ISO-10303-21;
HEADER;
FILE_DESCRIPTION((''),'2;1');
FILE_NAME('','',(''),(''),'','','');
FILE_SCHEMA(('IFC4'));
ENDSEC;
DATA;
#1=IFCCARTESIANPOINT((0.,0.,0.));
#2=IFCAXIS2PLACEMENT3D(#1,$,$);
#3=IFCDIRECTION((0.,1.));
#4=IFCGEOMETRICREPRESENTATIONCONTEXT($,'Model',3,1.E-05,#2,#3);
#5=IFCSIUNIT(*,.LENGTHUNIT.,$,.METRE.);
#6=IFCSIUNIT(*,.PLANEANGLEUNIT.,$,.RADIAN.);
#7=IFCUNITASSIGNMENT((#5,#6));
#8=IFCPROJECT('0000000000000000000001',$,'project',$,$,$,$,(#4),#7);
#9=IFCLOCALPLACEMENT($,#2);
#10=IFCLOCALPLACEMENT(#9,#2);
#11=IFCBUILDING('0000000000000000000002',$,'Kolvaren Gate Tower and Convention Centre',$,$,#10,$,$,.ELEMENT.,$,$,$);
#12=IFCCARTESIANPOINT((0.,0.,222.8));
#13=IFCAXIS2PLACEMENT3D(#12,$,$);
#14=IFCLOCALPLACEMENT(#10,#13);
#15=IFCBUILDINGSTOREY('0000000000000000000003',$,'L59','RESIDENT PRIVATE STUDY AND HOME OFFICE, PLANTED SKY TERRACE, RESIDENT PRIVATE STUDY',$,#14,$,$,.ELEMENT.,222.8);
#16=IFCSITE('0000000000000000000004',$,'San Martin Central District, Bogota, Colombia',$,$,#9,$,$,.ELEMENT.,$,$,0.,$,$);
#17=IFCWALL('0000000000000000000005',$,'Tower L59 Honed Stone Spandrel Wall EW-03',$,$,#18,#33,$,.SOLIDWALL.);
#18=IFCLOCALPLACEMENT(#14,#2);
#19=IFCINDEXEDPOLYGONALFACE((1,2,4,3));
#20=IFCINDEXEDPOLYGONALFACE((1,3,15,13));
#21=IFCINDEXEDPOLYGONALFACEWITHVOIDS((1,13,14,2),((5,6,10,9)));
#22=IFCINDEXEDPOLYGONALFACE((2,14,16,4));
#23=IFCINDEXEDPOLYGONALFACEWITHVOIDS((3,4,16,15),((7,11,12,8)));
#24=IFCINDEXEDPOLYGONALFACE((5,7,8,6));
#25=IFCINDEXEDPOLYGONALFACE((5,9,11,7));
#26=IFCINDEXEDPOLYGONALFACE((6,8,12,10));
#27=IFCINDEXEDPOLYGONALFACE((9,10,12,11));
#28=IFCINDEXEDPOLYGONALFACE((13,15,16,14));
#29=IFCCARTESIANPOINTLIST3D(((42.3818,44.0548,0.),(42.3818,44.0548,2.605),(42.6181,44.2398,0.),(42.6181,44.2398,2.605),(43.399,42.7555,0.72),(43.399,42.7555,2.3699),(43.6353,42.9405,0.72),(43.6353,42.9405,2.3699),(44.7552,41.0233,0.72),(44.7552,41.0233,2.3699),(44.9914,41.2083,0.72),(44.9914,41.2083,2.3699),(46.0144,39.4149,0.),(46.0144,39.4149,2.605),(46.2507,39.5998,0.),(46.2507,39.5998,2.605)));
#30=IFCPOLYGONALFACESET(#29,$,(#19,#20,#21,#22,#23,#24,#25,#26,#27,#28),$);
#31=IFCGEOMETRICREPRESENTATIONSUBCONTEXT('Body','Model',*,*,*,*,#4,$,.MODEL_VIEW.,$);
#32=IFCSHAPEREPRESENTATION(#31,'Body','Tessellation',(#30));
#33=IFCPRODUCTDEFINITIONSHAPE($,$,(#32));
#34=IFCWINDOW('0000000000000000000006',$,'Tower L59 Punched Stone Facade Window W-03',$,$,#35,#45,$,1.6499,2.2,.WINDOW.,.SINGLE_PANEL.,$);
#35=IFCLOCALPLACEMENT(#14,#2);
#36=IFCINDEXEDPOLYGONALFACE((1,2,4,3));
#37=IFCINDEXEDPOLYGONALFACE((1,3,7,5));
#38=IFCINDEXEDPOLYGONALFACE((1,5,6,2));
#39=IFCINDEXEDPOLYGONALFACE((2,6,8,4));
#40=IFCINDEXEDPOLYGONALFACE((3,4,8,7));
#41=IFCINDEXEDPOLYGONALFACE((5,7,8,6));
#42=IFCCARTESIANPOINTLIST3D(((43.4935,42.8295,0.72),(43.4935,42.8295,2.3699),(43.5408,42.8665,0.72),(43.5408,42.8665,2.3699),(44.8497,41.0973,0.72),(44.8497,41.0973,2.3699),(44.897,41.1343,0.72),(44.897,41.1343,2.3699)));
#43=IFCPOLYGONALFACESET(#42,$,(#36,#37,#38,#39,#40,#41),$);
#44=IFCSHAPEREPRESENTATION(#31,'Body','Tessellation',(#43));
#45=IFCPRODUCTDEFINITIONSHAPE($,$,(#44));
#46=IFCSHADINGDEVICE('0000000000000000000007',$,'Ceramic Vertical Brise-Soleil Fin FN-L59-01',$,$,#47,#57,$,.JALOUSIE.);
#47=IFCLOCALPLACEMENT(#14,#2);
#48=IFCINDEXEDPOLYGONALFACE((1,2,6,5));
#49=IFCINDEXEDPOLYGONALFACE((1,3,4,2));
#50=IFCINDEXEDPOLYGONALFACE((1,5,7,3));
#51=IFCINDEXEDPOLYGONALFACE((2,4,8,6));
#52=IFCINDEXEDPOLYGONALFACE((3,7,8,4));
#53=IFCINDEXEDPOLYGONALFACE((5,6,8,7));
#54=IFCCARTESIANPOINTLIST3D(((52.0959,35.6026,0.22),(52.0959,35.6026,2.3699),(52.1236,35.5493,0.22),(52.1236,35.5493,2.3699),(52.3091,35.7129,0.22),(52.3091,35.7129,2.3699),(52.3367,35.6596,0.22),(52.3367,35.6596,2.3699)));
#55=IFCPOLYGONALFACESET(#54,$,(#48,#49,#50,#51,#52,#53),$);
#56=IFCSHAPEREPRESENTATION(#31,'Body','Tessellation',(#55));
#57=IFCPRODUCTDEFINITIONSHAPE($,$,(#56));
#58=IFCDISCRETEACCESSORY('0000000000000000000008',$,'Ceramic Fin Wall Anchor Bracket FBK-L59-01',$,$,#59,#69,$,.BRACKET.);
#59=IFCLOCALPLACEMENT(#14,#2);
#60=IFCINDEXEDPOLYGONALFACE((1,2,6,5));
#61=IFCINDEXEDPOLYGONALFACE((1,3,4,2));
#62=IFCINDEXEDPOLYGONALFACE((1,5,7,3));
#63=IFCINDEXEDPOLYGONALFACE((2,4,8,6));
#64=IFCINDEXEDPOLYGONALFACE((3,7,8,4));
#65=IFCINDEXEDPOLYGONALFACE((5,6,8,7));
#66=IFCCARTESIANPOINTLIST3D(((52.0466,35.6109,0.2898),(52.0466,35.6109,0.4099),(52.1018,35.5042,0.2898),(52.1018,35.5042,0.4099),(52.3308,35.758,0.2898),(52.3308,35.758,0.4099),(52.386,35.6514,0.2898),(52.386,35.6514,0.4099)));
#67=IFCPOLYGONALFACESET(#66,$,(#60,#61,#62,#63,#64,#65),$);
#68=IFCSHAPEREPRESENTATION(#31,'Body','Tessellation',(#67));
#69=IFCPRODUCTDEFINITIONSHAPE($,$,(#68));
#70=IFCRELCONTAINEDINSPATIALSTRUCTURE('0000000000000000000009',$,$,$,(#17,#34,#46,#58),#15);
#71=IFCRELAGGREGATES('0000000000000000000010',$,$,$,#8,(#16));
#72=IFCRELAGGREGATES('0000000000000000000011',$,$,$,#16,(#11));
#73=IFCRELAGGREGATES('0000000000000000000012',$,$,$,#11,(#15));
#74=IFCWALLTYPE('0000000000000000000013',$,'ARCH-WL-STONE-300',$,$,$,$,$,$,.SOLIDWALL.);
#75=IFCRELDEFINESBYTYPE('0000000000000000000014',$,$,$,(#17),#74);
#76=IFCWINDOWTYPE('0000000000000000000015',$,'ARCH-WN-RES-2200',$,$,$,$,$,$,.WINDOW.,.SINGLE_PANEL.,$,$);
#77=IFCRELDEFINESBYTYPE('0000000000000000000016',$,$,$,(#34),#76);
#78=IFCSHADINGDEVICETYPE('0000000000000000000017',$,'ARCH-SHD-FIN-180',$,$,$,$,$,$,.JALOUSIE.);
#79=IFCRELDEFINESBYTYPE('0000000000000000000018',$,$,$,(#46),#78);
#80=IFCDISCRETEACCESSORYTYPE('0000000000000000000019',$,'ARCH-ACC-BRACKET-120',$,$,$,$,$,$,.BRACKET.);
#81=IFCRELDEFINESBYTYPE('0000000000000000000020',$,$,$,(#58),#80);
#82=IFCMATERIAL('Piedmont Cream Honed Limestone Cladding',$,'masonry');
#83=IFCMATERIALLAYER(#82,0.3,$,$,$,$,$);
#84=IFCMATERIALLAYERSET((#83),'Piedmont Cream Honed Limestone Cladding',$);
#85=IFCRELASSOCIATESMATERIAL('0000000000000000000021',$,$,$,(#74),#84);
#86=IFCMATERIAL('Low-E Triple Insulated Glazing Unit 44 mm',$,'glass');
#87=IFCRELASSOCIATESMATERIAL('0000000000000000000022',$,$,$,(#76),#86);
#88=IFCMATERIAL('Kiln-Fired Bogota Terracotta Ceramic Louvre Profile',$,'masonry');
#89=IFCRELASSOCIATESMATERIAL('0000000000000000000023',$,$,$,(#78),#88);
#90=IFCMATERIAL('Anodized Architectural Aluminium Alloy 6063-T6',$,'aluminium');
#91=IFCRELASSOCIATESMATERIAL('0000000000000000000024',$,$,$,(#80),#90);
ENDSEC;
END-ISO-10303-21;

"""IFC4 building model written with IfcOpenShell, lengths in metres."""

from ifc_helpers import new_model, si_unit, direction, frame, frame_2d, origin, origin_2d, place, context, subcontext, project, spatial, rectangle, extrude, material, layer, layer_set, type_object, element, fill, save


model = new_model("IFC4")

# Units and contexts
model_context = context("Model", 3, precision=1e-05, world=origin(), true_north=direction((0.0, 1.0)))
body_context = subcontext(model_context, "Body", "Model", "MODEL_VIEW")
ifc_project = project(units=[si_unit("LENGTHUNIT", "METRE"), si_unit("PLANEANGLEUNIT", "RADIAN")], contexts=[model_context])

# Site, building, storey
site_placement = place(None, origin())
site = spatial("IfcSite", under=ifc_project, at=site_placement, Name="San Martin Central District, Bogota, Colombia", CompositionType="ELEMENT", RefElevation=0.0)
building_placement = place(site_placement, origin())
building = spatial("IfcBuilding", under=site, at=building_placement, Name="Kolvaren Gate Tower and Convention Centre", CompositionType="ELEMENT")
storey_placement = place(building_placement, frame((0.0, 0.0, 222.8)))
storey = spatial("IfcBuildingStorey", under=building, at=storey_placement, Name="L59", Description="RESIDENT PRIVATE STUDY AND HOME OFFICE, PLANTED SKY TERRACE, RESIDENT PRIVATE STUDY", CompositionType="ELEMENT", Elevation=222.8)

# Shared definitions
ifc_material_1 = material(Name="Piedmont Cream Honed Limestone Cladding", Category="masonry")

# Wall, opening, window
ifc_layer_1 = layer(ifc_material_1, 0.3)
ifc_layer_set_1 = layer_set([ifc_layer_1], Name="Piedmont Cream Honed Limestone Cladding")
wall_type_1 = type_object("IfcWallType", Name="ARCH-WL-STONE-300", PredefinedType="SOLIDWALL", material=ifc_layer_set_1)
ifc_material_2 = material(Name="Low-E Triple Insulated Glazing Unit 44 mm", Category="glass")
window_type = type_object("IfcWindowType", Name="ARCH-WN-RES-2200", PartitioningType="SINGLE_PANEL", PredefinedType="WINDOW", material=ifc_material_2)
wall_1_placement = place(storey_placement, frame((42.5, 44.1472, 0.0), z_axis=(0.0, 0.0, 1.0), x_axis=(0.61645, -0.787394, 0.0)))
wall_1 = element("IfcWall", 1, at=wall_1_placement, inside=storey, type_object=wall_type_1, Name="Tower L59 Honed Stone Spandrel Wall EW-03", PredefinedType="SOLIDWALL", context=body_context, shape_type="SweptSolid", body=[
    extrude(rectangle(XDim=5.8928, YDim=0.3, at=frame_2d((2.9463, 0.0))), origin(), (0.0, 0.0, 1.0), 2.605),
])
opening_1_placement = place(wall_1_placement, frame((1.6499, 0.0, 0.72)))
opening_1 = element("IfcOpeningElement", 2, at=opening_1_placement, cuts=wall_1, PredefinedType="OPENING", context=body_context, shape_type="SweptSolid", body=[
    extrude(rectangle(XDim=2.2, YDim=1.6499, at=frame_2d((1.1001, 0.825))), frame((0.0, 0.1599, 0.0), z_axis=(0.0, -1.0, 0.0), x_axis=(1.0, 0.0, 0.0)), (0.0, 0.0, 1.0), 0.3201),
])
window_1_placement = place(opening_1_placement, origin())
window_1 = element("IfcWindow", 3, at=window_1_placement, inside=storey, type_object=window_type, Name="Tower L59 Punched Stone Facade Window W-03", OverallHeight=1.6499, OverallWidth=2.2, PartitioningType="SINGLE_PANEL", PredefinedType="WINDOW", context=body_context, shape_type="SweptSolid", body=[
    extrude(rectangle(XDim=2.2, YDim=1.6499, at=frame_2d((1.1001, 0.825))), frame((0.0, 0.03, 0.0), z_axis=(0.0, -1.0, 0.0), x_axis=(1.0, 0.0, 0.0)), (0.0, 0.0, 1.0), 0.0601),
])
fill(opening_1, window_1)

# Shading device
ifc_material_3 = material(Name="Kiln-Fired Bogota Terracotta Ceramic Louvre Profile", Category="masonry")
shading_device_type = type_object("IfcShadingDeviceType", Name="ARCH-SHD-FIN-180", PredefinedType="JALOUSIE", material=ifc_material_3)
shading_device_placement = place(storey_placement, frame((52.2163, 35.6311, 0.22), z_axis=(0.0, 0.0, 1.0), x_axis=(0.4598, -0.888023, 0.0)))
element("IfcShadingDevice", 4, at=shading_device_placement, inside=storey, type_object=shading_device_type, Name="Ceramic Vertical Brise-Soleil Fin FN-L59-01", PredefinedType="JALOUSIE", context=body_context, shape_type="SweptSolid", body=[
    extrude(rectangle(XDim=0.0601, YDim=0.24, at=origin_2d()), origin(), (0.0, 0.0, 1.0), 2.1499),
])

# Discrete accessory
ifc_material_4 = material(Name="Anodized Architectural Aluminium Alloy 6063-T6", Category="aluminium")
discrete_accessory_type = type_object("IfcDiscreteAccessoryType", Name="ARCH-ACC-BRACKET-120", PredefinedType="BRACKET", material=ifc_material_4)
discrete_accessory_placement = place(storey_placement, frame((52.2163, 35.6311, 0.2898), z_axis=(0.0, 0.0, 1.0), x_axis=(0.4598, -0.888023, 0.0)))
element("IfcDiscreteAccessory", 5, at=discrete_accessory_placement, inside=storey, type_object=discrete_accessory_type, Name="Ceramic Fin Wall Anchor Bracket FBK-L59-01", PredefinedType="BRACKET", context=body_context, shape_type="SweptSolid", body=[
    extrude(rectangle(XDim=0.1201, YDim=0.3201, at=origin_2d()), origin(), (0.0, 0.0, 1.0), 0.1201),
])

save(model, "model.ifc")
